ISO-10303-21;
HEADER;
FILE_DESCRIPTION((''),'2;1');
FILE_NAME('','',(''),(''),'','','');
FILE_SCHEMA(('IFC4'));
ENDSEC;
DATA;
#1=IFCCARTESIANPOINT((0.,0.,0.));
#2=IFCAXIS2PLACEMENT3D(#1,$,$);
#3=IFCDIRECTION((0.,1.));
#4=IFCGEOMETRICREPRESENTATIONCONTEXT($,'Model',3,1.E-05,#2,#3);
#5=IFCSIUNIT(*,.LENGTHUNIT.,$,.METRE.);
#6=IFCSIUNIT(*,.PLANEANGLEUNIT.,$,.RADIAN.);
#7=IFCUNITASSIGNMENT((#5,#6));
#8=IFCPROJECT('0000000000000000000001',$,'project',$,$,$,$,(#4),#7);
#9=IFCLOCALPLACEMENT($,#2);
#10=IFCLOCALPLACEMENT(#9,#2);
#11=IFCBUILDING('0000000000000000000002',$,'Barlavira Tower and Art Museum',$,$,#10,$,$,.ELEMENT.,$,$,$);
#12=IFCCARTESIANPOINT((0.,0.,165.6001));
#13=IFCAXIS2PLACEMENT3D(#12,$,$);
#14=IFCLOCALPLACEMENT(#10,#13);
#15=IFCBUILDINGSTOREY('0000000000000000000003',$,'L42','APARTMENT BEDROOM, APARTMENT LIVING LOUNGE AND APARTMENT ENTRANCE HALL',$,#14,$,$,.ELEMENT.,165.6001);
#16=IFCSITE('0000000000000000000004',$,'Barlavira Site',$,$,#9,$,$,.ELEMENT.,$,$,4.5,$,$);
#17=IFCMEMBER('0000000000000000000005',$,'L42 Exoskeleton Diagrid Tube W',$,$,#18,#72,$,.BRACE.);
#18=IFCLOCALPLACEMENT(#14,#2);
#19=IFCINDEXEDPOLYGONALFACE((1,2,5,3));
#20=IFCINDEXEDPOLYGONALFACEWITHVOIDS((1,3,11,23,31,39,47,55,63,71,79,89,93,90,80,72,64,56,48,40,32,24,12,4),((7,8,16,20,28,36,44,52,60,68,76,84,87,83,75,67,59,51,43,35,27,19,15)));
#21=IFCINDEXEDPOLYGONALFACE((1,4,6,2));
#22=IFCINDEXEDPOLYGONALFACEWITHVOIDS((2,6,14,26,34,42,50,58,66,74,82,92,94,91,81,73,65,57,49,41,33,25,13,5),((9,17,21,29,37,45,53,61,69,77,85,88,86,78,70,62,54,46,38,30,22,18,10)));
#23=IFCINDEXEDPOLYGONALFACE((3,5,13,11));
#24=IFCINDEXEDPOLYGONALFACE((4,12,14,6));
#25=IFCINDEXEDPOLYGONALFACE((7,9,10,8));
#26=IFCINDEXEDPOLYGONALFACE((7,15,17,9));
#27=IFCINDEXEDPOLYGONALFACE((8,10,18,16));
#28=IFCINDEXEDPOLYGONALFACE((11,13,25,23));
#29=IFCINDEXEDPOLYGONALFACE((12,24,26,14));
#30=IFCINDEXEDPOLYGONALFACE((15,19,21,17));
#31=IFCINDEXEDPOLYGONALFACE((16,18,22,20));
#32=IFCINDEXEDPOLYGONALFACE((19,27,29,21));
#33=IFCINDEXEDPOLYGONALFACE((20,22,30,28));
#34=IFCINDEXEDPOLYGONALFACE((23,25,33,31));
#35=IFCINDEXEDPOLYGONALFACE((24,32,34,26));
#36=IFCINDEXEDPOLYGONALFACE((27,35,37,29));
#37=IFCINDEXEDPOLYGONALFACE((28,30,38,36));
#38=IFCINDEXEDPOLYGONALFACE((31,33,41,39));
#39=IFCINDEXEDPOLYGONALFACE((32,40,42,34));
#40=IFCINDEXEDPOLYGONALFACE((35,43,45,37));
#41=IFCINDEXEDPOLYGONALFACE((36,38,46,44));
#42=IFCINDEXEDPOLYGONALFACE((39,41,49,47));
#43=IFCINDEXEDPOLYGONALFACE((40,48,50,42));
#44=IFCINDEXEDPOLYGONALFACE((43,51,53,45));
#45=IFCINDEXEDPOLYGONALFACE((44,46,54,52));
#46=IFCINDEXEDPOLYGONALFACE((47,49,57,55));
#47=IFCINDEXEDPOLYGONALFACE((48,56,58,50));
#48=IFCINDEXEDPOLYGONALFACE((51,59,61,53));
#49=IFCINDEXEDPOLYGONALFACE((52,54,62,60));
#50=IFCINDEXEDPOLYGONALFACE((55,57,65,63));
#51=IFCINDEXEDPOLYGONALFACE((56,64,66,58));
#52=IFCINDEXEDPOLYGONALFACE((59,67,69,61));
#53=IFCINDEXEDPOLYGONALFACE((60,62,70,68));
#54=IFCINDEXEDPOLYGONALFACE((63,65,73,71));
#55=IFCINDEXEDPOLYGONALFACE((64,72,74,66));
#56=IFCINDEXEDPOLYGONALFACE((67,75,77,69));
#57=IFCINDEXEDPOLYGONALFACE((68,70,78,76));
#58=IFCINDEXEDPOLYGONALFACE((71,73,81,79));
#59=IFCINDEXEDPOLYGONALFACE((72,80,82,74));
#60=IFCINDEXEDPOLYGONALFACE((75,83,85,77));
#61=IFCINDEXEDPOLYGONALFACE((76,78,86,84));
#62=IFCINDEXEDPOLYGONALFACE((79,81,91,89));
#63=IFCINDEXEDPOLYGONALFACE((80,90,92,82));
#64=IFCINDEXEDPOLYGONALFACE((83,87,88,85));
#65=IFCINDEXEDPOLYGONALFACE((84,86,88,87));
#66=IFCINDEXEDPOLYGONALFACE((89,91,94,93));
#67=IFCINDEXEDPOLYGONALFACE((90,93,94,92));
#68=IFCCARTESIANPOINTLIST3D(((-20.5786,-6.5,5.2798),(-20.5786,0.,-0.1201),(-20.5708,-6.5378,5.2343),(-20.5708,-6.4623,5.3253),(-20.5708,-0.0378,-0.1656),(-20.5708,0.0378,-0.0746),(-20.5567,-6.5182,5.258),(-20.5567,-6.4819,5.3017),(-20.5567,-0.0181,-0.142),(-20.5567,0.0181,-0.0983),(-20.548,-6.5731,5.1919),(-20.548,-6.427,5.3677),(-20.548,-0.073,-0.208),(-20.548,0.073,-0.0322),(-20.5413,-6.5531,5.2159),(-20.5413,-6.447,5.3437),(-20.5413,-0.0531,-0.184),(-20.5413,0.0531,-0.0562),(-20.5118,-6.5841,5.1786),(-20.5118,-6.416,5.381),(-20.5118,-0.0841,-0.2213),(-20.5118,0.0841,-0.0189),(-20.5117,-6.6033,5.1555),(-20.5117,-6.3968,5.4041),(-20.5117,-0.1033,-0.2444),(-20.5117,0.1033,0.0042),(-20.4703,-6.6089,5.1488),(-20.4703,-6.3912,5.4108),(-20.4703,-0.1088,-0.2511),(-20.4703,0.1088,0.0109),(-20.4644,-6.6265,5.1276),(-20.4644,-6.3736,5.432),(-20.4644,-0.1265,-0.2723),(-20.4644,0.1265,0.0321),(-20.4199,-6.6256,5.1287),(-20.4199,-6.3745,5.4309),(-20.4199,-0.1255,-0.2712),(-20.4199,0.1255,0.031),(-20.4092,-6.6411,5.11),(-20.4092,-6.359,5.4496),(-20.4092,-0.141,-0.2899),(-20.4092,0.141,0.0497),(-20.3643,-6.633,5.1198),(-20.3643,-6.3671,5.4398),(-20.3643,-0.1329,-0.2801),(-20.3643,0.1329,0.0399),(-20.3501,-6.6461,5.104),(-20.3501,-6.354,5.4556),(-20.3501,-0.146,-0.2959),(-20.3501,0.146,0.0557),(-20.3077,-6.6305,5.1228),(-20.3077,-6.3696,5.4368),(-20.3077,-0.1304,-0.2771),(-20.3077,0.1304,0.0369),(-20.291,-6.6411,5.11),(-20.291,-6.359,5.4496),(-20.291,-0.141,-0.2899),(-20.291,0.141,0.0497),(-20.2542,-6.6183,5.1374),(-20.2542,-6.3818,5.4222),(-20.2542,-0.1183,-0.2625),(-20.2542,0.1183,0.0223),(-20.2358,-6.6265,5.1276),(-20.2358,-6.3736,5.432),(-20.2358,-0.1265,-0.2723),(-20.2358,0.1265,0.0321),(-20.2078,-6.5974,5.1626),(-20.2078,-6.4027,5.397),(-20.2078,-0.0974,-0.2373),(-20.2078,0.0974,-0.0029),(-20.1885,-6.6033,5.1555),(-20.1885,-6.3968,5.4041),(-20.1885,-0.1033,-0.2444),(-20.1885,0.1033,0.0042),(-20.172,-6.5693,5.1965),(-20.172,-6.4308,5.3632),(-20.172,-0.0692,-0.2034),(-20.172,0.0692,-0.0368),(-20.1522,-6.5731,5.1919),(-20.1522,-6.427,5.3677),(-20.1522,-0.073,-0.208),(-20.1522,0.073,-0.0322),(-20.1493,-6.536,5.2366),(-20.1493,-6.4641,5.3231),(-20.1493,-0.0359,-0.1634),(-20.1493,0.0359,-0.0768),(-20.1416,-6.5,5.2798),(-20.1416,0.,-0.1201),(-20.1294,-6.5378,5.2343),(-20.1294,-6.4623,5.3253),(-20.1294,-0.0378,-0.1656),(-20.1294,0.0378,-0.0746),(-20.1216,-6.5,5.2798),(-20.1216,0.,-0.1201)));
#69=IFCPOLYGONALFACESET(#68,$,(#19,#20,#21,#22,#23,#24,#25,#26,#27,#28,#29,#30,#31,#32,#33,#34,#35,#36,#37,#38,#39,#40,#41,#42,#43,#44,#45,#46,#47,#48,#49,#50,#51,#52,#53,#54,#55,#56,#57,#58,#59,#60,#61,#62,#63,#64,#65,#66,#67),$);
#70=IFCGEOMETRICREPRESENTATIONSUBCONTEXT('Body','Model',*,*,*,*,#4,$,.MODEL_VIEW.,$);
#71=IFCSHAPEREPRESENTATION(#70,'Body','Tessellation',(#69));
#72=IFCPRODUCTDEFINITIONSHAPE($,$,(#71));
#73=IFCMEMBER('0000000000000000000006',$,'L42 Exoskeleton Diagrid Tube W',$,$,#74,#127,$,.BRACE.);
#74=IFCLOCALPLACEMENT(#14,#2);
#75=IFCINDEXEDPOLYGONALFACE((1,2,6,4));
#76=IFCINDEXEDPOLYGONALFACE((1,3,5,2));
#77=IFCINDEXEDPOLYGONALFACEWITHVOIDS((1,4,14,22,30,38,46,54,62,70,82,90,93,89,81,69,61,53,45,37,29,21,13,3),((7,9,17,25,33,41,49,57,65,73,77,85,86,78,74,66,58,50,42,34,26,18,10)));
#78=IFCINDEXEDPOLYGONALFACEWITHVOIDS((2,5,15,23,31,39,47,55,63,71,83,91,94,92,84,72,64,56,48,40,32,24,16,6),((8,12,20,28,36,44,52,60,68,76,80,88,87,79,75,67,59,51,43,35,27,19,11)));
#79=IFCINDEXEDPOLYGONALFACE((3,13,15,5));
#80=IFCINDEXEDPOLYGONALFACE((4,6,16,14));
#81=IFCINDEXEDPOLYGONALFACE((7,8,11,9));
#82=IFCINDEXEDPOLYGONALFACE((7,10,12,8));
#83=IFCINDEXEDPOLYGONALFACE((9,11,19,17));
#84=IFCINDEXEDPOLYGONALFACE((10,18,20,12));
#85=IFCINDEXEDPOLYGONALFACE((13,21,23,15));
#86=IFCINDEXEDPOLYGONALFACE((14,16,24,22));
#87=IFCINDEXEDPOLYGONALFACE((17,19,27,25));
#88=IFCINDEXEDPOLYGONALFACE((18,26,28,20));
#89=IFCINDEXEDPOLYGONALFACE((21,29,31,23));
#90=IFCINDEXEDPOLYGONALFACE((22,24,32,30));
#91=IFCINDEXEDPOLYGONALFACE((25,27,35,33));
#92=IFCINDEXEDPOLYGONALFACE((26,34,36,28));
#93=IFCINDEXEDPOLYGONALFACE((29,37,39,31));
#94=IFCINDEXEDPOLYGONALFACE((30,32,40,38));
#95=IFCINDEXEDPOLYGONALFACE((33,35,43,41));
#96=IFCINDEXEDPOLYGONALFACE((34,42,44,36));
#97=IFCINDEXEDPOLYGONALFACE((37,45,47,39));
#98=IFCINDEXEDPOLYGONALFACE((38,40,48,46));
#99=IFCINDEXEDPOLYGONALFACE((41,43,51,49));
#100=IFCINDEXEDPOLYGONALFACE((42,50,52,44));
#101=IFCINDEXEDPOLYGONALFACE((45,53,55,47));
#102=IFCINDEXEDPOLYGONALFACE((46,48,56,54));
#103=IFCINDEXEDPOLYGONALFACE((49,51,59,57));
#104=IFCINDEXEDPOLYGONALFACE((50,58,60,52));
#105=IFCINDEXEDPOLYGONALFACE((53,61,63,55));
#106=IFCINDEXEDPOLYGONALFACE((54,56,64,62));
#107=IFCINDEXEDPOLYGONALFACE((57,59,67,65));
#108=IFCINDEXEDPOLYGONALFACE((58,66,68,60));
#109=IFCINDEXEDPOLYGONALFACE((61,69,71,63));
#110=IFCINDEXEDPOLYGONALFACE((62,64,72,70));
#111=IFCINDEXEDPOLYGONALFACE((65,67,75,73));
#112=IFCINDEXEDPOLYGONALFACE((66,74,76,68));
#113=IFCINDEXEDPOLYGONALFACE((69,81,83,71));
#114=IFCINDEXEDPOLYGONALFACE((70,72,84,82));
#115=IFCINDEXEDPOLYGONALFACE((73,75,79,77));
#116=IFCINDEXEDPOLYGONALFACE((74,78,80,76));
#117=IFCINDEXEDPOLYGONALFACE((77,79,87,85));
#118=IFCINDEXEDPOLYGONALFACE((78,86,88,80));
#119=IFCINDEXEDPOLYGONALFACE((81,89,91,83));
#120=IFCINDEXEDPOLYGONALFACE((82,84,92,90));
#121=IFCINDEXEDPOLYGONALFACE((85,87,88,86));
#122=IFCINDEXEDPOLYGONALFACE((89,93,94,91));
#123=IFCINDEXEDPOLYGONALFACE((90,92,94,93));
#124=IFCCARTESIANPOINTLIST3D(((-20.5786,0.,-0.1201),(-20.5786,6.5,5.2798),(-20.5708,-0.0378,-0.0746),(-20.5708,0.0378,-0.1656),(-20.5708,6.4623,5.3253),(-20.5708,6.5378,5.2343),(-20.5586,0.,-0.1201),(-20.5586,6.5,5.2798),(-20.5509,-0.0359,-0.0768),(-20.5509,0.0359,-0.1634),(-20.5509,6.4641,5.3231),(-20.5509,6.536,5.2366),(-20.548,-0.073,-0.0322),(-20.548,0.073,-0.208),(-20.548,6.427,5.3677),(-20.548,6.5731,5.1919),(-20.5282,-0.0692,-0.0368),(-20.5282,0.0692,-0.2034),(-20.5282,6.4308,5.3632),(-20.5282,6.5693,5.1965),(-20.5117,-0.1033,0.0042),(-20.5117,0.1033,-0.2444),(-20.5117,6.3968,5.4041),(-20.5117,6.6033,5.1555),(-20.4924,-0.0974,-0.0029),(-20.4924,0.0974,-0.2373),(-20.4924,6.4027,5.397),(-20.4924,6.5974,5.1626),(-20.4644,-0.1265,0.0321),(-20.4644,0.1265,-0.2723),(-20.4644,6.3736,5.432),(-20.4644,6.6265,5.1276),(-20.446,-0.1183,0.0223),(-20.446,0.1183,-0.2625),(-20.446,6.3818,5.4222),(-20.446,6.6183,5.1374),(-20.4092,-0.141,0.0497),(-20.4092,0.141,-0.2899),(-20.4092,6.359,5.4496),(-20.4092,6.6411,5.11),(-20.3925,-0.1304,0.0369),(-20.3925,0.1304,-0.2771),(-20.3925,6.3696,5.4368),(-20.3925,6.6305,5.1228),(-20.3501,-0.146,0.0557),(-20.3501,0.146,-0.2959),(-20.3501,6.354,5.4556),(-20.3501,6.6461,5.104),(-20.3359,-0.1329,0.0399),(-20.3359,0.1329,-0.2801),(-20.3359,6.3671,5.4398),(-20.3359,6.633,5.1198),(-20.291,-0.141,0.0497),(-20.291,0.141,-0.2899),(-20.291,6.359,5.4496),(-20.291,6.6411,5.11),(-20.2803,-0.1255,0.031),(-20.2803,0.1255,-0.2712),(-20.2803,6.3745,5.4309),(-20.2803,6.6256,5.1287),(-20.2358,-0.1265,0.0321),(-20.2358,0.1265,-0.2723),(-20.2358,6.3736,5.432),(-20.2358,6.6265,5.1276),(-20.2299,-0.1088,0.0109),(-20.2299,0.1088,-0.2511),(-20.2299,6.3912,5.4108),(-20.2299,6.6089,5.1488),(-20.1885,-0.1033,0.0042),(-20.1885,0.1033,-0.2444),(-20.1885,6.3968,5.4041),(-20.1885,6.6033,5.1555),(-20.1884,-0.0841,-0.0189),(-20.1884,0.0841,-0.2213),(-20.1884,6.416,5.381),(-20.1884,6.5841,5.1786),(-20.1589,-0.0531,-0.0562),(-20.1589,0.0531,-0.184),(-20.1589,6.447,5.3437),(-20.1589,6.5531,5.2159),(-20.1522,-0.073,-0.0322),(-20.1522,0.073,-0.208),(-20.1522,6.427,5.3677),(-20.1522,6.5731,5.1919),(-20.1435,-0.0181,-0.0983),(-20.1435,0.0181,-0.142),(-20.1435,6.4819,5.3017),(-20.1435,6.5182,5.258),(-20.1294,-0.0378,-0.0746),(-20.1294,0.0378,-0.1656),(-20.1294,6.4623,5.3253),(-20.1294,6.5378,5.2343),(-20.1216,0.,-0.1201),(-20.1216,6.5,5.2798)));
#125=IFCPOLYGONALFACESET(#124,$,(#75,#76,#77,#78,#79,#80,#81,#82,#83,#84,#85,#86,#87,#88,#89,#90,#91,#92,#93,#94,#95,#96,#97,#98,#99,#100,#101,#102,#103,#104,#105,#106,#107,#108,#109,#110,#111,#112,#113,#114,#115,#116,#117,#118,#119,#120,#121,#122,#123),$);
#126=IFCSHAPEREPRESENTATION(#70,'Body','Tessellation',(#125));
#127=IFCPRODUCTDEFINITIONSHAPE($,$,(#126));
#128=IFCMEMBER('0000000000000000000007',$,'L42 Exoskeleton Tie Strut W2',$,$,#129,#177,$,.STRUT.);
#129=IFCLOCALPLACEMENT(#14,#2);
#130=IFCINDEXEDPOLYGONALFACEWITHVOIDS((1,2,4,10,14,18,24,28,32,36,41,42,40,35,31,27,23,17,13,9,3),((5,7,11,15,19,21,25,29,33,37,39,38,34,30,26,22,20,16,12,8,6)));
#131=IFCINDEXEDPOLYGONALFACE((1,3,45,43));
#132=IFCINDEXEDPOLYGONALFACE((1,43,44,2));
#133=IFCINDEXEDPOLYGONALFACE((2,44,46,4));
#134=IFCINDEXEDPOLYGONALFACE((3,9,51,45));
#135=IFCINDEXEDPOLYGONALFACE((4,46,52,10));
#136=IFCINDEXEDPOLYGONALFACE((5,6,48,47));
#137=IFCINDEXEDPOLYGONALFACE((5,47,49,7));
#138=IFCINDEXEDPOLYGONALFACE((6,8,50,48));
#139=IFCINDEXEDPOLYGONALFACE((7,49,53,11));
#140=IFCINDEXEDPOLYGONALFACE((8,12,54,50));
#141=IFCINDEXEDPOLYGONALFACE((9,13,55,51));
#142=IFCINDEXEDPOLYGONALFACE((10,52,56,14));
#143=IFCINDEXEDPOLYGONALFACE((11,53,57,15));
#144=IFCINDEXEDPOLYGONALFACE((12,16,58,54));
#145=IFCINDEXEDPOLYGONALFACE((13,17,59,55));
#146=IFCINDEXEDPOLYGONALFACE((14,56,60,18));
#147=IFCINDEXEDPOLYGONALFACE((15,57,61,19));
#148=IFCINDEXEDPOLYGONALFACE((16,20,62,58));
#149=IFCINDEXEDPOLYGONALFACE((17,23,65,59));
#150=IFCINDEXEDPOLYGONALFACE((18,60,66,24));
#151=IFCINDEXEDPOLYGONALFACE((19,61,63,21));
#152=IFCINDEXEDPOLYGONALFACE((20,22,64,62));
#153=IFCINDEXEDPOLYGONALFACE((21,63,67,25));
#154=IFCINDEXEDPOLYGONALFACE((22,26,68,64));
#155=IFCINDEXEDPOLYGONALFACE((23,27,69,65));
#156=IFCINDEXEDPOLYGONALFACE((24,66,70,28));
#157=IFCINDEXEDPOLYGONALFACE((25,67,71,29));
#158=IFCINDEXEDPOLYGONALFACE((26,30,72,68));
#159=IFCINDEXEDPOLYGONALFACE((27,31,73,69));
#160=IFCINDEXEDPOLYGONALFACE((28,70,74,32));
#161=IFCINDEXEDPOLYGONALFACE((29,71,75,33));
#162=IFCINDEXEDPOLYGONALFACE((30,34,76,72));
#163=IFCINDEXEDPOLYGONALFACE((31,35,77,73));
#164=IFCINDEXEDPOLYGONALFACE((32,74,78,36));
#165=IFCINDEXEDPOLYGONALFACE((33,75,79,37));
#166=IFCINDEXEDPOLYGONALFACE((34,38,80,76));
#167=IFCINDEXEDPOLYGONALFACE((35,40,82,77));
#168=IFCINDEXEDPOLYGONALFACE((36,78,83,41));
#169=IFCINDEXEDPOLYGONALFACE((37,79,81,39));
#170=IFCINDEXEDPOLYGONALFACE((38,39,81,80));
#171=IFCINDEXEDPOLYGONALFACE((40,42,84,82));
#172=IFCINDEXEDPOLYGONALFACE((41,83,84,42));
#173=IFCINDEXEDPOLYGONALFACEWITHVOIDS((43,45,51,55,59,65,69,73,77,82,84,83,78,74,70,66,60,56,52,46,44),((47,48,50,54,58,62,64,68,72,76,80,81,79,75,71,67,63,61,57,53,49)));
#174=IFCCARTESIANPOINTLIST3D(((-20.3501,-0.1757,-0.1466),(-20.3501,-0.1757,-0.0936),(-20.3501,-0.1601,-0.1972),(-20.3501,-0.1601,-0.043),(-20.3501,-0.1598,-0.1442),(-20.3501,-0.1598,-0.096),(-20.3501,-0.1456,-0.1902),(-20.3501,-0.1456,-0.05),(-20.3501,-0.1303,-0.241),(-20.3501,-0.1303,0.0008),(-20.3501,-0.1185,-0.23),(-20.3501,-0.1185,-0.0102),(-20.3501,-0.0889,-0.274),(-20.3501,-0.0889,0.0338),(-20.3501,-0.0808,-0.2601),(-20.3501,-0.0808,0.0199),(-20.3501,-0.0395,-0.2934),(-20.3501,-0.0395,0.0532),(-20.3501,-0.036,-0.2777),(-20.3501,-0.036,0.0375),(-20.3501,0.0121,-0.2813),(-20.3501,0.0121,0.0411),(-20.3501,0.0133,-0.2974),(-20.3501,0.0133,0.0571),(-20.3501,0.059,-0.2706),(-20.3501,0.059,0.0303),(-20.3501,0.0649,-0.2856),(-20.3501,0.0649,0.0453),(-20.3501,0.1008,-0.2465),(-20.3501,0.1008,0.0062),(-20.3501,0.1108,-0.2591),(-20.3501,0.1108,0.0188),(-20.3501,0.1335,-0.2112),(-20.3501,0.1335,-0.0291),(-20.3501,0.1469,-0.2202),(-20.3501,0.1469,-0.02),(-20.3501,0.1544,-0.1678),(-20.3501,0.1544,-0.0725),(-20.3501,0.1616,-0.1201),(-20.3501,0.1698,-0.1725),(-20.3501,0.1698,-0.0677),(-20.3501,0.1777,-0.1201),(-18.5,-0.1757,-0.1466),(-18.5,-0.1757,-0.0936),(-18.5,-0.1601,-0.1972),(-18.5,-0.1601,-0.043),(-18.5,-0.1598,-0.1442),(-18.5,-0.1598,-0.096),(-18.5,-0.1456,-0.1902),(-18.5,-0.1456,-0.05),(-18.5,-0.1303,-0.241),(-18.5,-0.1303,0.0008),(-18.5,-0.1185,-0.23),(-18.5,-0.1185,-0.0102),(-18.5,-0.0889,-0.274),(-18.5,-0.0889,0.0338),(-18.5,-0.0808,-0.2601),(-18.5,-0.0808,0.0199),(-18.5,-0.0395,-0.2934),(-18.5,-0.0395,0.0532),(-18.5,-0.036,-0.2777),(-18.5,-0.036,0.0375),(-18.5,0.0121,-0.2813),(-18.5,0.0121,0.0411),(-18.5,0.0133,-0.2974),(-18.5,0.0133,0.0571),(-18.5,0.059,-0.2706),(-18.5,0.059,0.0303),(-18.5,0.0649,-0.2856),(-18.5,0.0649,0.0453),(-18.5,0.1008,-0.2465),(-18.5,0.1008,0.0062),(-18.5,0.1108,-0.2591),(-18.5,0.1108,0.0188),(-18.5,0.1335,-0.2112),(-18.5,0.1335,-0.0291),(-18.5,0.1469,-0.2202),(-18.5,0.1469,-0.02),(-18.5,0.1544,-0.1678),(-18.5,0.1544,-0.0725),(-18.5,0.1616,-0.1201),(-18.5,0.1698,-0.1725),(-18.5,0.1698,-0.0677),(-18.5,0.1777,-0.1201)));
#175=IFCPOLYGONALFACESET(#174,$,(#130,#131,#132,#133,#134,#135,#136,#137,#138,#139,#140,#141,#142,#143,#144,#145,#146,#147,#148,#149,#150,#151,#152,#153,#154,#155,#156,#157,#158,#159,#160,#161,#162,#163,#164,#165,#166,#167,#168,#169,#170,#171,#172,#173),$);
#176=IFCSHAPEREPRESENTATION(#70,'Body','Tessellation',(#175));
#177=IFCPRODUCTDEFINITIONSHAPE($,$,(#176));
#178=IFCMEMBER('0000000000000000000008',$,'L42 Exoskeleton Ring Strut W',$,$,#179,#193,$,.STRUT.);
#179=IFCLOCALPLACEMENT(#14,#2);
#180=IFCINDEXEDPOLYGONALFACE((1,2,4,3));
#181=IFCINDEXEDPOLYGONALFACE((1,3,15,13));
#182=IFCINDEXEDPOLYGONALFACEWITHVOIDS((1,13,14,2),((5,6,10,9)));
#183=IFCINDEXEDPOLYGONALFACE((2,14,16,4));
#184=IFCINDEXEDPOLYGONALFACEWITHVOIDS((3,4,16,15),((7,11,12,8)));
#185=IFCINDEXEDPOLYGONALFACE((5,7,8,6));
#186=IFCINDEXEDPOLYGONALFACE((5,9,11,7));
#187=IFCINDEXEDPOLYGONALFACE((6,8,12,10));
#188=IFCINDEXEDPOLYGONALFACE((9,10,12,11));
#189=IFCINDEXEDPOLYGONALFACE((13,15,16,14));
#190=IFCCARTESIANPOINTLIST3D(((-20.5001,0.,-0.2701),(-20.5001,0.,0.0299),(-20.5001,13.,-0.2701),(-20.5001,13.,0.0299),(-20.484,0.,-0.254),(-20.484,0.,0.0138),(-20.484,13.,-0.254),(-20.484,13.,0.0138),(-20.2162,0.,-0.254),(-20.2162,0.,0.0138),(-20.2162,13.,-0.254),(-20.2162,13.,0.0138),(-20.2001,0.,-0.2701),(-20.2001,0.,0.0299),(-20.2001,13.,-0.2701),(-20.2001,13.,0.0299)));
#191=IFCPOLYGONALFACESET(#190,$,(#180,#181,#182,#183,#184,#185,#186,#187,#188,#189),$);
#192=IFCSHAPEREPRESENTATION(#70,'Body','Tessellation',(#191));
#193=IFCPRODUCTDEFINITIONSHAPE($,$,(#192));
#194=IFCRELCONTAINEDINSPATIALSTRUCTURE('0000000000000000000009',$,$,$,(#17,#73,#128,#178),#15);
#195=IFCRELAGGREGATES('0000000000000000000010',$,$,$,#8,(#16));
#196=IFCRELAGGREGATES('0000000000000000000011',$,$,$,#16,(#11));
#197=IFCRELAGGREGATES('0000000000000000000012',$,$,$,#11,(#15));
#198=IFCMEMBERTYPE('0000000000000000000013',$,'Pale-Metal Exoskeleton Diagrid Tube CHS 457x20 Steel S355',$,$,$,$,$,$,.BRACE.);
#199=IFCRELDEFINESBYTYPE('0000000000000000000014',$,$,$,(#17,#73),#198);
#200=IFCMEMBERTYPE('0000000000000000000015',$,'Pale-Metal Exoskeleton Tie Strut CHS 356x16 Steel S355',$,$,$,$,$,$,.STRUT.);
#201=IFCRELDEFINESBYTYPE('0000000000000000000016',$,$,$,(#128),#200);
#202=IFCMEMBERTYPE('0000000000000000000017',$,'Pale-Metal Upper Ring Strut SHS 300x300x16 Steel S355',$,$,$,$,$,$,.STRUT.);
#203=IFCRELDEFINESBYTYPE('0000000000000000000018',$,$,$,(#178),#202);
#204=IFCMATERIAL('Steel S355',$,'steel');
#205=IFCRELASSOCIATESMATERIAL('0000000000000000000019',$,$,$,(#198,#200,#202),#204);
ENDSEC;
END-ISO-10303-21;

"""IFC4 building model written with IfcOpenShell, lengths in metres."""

from ifc_helpers import new_model, si_unit, direction, frame, origin, origin_2d, place, context, subcontext, project, spatial, hollow_rectangle, hollow_circle, extrude, material, material_profile, profile_set, type_object, element, save


model = new_model("IFC4")

# Units and contexts
model_context = context("Model", 3, precision=1e-05, world=origin(), true_north=direction((0.0, 1.0)))
body_context = subcontext(model_context, "Body", "Model", "MODEL_VIEW")
ifc_project = project(units=[si_unit("LENGTHUNIT", "METRE"), si_unit("PLANEANGLEUNIT", "RADIAN")], contexts=[model_context])

# Site, building, storey
site_placement = place(None, origin())
site = spatial("IfcSite", under=ifc_project, at=site_placement, Name="Barlavira Site", CompositionType="ELEMENT", RefElevation=4.5)
building_placement = place(site_placement, origin())
building = spatial("IfcBuilding", under=site, at=building_placement, Name="Barlavira Tower and Art Museum", CompositionType="ELEMENT")
storey_placement = place(building_placement, frame((0.0, 0.0, 165.6001)))
storey = spatial("IfcBuildingStorey", under=building, at=storey_placement, Name="L42", Description="APARTMENT BEDROOM, APARTMENT LIVING LOUNGE AND APARTMENT ENTRANCE HALL", CompositionType="ELEMENT", Elevation=165.6001)

# Members
ifc_material_1 = material(Name="Steel S355", Category="steel")
ifc_material_profile_1 = material_profile(ifc_material_1, hollow_circle(Radius=0.2285, WallThickness=0.02, at=origin_2d()), Name="CHS 457.0x20.0")
ifc_profile_set_1 = profile_set([ifc_material_profile_1], Name="Steel S355")
member_type_1 = type_object("IfcMemberType", Name="Pale-Metal Exoskeleton Diagrid Tube CHS 457x20 Steel S355", PredefinedType="BRACE", material=ifc_profile_set_1)
for number, where, z_axis, x_axis, name in (
    (1, (-20.3501, 0.0, -0.1201), (0.0, -0.769196, 0.639013), (1.0, 0.0, 0.0), "L42 Exoskeleton Diagrid Tube W"),
    (2, (-20.3501, 0.0, -0.1201), (0.0, 0.769196, 0.639013), (-1.0, 0.0, 0.0), "L42 Exoskeleton Diagrid Tube W"),
):
    element("IfcMember", number, at=place(storey_placement, frame(where, z_axis=z_axis, x_axis=x_axis)), inside=storey, type_object=member_type_1, Name=name, PredefinedType="BRACE", context=body_context, shape_type="SweptSolid", body=[
        extrude(hollow_circle(Radius=0.2285, WallThickness=0.02, at=origin_2d()), origin(), (0.0, 0.0, 1.0), 8.4504),
    ])
ifc_material_profile_2 = material_profile(ifc_material_1, hollow_circle(Radius=0.1777, WallThickness=0.0161, at=origin_2d()), Name="CHS 355.6x16.0")
ifc_profile_set_2 = profile_set([ifc_material_profile_2], Name="Steel S355")
member_type_2 = type_object("IfcMemberType", Name="Pale-Metal Exoskeleton Tie Strut CHS 356x16 Steel S355", PredefinedType="STRUT", material=ifc_profile_set_2)
member_1_placement = place(storey_placement, frame((-20.3501, 0.0, -0.1201), z_axis=(1.0, 0.0, 0.0), x_axis=(0.0, 1.0, 0.0)))
element("IfcMember", 3, at=member_1_placement, inside=storey, type_object=member_type_2, Name="L42 Exoskeleton Tie Strut W2", PredefinedType="STRUT", context=body_context, shape_type="SweptSolid", body=[
    extrude(hollow_circle(Radius=0.1777, WallThickness=0.0161, at=origin_2d()), origin(), (0.0, 0.0, 1.0), 1.8501),
])
ifc_material_profile_3 = material_profile(ifc_material_1, hollow_rectangle(XDim=0.3, YDim=0.3, WallThickness=0.0161, at=origin_2d()), Name="SHS 300x300x16.0")
ifc_profile_set_3 = profile_set([ifc_material_profile_3], Name="Steel S355")
member_type_3 = type_object("IfcMemberType", Name="Pale-Metal Upper Ring Strut SHS 300x300x16 Steel S355", PredefinedType="STRUT", material=ifc_profile_set_3)
member_2_placement = place(storey_placement, frame((-20.3501, 0.0, -0.1201), z_axis=(0.0, 1.0, 0.0), x_axis=(-1.0, 0.0, 0.0)))
element("IfcMember", 4, at=member_2_placement, inside=storey, type_object=member_type_3, Name="L42 Exoskeleton Ring Strut W", PredefinedType="STRUT", context=body_context, shape_type="SweptSolid", body=[
    extrude(hollow_rectangle(XDim=0.3, YDim=0.3, WallThickness=0.0161, at=origin_2d()), origin(), (0.0, 0.0, 1.0), 13.0),
])

save(model, "model.ifc")
